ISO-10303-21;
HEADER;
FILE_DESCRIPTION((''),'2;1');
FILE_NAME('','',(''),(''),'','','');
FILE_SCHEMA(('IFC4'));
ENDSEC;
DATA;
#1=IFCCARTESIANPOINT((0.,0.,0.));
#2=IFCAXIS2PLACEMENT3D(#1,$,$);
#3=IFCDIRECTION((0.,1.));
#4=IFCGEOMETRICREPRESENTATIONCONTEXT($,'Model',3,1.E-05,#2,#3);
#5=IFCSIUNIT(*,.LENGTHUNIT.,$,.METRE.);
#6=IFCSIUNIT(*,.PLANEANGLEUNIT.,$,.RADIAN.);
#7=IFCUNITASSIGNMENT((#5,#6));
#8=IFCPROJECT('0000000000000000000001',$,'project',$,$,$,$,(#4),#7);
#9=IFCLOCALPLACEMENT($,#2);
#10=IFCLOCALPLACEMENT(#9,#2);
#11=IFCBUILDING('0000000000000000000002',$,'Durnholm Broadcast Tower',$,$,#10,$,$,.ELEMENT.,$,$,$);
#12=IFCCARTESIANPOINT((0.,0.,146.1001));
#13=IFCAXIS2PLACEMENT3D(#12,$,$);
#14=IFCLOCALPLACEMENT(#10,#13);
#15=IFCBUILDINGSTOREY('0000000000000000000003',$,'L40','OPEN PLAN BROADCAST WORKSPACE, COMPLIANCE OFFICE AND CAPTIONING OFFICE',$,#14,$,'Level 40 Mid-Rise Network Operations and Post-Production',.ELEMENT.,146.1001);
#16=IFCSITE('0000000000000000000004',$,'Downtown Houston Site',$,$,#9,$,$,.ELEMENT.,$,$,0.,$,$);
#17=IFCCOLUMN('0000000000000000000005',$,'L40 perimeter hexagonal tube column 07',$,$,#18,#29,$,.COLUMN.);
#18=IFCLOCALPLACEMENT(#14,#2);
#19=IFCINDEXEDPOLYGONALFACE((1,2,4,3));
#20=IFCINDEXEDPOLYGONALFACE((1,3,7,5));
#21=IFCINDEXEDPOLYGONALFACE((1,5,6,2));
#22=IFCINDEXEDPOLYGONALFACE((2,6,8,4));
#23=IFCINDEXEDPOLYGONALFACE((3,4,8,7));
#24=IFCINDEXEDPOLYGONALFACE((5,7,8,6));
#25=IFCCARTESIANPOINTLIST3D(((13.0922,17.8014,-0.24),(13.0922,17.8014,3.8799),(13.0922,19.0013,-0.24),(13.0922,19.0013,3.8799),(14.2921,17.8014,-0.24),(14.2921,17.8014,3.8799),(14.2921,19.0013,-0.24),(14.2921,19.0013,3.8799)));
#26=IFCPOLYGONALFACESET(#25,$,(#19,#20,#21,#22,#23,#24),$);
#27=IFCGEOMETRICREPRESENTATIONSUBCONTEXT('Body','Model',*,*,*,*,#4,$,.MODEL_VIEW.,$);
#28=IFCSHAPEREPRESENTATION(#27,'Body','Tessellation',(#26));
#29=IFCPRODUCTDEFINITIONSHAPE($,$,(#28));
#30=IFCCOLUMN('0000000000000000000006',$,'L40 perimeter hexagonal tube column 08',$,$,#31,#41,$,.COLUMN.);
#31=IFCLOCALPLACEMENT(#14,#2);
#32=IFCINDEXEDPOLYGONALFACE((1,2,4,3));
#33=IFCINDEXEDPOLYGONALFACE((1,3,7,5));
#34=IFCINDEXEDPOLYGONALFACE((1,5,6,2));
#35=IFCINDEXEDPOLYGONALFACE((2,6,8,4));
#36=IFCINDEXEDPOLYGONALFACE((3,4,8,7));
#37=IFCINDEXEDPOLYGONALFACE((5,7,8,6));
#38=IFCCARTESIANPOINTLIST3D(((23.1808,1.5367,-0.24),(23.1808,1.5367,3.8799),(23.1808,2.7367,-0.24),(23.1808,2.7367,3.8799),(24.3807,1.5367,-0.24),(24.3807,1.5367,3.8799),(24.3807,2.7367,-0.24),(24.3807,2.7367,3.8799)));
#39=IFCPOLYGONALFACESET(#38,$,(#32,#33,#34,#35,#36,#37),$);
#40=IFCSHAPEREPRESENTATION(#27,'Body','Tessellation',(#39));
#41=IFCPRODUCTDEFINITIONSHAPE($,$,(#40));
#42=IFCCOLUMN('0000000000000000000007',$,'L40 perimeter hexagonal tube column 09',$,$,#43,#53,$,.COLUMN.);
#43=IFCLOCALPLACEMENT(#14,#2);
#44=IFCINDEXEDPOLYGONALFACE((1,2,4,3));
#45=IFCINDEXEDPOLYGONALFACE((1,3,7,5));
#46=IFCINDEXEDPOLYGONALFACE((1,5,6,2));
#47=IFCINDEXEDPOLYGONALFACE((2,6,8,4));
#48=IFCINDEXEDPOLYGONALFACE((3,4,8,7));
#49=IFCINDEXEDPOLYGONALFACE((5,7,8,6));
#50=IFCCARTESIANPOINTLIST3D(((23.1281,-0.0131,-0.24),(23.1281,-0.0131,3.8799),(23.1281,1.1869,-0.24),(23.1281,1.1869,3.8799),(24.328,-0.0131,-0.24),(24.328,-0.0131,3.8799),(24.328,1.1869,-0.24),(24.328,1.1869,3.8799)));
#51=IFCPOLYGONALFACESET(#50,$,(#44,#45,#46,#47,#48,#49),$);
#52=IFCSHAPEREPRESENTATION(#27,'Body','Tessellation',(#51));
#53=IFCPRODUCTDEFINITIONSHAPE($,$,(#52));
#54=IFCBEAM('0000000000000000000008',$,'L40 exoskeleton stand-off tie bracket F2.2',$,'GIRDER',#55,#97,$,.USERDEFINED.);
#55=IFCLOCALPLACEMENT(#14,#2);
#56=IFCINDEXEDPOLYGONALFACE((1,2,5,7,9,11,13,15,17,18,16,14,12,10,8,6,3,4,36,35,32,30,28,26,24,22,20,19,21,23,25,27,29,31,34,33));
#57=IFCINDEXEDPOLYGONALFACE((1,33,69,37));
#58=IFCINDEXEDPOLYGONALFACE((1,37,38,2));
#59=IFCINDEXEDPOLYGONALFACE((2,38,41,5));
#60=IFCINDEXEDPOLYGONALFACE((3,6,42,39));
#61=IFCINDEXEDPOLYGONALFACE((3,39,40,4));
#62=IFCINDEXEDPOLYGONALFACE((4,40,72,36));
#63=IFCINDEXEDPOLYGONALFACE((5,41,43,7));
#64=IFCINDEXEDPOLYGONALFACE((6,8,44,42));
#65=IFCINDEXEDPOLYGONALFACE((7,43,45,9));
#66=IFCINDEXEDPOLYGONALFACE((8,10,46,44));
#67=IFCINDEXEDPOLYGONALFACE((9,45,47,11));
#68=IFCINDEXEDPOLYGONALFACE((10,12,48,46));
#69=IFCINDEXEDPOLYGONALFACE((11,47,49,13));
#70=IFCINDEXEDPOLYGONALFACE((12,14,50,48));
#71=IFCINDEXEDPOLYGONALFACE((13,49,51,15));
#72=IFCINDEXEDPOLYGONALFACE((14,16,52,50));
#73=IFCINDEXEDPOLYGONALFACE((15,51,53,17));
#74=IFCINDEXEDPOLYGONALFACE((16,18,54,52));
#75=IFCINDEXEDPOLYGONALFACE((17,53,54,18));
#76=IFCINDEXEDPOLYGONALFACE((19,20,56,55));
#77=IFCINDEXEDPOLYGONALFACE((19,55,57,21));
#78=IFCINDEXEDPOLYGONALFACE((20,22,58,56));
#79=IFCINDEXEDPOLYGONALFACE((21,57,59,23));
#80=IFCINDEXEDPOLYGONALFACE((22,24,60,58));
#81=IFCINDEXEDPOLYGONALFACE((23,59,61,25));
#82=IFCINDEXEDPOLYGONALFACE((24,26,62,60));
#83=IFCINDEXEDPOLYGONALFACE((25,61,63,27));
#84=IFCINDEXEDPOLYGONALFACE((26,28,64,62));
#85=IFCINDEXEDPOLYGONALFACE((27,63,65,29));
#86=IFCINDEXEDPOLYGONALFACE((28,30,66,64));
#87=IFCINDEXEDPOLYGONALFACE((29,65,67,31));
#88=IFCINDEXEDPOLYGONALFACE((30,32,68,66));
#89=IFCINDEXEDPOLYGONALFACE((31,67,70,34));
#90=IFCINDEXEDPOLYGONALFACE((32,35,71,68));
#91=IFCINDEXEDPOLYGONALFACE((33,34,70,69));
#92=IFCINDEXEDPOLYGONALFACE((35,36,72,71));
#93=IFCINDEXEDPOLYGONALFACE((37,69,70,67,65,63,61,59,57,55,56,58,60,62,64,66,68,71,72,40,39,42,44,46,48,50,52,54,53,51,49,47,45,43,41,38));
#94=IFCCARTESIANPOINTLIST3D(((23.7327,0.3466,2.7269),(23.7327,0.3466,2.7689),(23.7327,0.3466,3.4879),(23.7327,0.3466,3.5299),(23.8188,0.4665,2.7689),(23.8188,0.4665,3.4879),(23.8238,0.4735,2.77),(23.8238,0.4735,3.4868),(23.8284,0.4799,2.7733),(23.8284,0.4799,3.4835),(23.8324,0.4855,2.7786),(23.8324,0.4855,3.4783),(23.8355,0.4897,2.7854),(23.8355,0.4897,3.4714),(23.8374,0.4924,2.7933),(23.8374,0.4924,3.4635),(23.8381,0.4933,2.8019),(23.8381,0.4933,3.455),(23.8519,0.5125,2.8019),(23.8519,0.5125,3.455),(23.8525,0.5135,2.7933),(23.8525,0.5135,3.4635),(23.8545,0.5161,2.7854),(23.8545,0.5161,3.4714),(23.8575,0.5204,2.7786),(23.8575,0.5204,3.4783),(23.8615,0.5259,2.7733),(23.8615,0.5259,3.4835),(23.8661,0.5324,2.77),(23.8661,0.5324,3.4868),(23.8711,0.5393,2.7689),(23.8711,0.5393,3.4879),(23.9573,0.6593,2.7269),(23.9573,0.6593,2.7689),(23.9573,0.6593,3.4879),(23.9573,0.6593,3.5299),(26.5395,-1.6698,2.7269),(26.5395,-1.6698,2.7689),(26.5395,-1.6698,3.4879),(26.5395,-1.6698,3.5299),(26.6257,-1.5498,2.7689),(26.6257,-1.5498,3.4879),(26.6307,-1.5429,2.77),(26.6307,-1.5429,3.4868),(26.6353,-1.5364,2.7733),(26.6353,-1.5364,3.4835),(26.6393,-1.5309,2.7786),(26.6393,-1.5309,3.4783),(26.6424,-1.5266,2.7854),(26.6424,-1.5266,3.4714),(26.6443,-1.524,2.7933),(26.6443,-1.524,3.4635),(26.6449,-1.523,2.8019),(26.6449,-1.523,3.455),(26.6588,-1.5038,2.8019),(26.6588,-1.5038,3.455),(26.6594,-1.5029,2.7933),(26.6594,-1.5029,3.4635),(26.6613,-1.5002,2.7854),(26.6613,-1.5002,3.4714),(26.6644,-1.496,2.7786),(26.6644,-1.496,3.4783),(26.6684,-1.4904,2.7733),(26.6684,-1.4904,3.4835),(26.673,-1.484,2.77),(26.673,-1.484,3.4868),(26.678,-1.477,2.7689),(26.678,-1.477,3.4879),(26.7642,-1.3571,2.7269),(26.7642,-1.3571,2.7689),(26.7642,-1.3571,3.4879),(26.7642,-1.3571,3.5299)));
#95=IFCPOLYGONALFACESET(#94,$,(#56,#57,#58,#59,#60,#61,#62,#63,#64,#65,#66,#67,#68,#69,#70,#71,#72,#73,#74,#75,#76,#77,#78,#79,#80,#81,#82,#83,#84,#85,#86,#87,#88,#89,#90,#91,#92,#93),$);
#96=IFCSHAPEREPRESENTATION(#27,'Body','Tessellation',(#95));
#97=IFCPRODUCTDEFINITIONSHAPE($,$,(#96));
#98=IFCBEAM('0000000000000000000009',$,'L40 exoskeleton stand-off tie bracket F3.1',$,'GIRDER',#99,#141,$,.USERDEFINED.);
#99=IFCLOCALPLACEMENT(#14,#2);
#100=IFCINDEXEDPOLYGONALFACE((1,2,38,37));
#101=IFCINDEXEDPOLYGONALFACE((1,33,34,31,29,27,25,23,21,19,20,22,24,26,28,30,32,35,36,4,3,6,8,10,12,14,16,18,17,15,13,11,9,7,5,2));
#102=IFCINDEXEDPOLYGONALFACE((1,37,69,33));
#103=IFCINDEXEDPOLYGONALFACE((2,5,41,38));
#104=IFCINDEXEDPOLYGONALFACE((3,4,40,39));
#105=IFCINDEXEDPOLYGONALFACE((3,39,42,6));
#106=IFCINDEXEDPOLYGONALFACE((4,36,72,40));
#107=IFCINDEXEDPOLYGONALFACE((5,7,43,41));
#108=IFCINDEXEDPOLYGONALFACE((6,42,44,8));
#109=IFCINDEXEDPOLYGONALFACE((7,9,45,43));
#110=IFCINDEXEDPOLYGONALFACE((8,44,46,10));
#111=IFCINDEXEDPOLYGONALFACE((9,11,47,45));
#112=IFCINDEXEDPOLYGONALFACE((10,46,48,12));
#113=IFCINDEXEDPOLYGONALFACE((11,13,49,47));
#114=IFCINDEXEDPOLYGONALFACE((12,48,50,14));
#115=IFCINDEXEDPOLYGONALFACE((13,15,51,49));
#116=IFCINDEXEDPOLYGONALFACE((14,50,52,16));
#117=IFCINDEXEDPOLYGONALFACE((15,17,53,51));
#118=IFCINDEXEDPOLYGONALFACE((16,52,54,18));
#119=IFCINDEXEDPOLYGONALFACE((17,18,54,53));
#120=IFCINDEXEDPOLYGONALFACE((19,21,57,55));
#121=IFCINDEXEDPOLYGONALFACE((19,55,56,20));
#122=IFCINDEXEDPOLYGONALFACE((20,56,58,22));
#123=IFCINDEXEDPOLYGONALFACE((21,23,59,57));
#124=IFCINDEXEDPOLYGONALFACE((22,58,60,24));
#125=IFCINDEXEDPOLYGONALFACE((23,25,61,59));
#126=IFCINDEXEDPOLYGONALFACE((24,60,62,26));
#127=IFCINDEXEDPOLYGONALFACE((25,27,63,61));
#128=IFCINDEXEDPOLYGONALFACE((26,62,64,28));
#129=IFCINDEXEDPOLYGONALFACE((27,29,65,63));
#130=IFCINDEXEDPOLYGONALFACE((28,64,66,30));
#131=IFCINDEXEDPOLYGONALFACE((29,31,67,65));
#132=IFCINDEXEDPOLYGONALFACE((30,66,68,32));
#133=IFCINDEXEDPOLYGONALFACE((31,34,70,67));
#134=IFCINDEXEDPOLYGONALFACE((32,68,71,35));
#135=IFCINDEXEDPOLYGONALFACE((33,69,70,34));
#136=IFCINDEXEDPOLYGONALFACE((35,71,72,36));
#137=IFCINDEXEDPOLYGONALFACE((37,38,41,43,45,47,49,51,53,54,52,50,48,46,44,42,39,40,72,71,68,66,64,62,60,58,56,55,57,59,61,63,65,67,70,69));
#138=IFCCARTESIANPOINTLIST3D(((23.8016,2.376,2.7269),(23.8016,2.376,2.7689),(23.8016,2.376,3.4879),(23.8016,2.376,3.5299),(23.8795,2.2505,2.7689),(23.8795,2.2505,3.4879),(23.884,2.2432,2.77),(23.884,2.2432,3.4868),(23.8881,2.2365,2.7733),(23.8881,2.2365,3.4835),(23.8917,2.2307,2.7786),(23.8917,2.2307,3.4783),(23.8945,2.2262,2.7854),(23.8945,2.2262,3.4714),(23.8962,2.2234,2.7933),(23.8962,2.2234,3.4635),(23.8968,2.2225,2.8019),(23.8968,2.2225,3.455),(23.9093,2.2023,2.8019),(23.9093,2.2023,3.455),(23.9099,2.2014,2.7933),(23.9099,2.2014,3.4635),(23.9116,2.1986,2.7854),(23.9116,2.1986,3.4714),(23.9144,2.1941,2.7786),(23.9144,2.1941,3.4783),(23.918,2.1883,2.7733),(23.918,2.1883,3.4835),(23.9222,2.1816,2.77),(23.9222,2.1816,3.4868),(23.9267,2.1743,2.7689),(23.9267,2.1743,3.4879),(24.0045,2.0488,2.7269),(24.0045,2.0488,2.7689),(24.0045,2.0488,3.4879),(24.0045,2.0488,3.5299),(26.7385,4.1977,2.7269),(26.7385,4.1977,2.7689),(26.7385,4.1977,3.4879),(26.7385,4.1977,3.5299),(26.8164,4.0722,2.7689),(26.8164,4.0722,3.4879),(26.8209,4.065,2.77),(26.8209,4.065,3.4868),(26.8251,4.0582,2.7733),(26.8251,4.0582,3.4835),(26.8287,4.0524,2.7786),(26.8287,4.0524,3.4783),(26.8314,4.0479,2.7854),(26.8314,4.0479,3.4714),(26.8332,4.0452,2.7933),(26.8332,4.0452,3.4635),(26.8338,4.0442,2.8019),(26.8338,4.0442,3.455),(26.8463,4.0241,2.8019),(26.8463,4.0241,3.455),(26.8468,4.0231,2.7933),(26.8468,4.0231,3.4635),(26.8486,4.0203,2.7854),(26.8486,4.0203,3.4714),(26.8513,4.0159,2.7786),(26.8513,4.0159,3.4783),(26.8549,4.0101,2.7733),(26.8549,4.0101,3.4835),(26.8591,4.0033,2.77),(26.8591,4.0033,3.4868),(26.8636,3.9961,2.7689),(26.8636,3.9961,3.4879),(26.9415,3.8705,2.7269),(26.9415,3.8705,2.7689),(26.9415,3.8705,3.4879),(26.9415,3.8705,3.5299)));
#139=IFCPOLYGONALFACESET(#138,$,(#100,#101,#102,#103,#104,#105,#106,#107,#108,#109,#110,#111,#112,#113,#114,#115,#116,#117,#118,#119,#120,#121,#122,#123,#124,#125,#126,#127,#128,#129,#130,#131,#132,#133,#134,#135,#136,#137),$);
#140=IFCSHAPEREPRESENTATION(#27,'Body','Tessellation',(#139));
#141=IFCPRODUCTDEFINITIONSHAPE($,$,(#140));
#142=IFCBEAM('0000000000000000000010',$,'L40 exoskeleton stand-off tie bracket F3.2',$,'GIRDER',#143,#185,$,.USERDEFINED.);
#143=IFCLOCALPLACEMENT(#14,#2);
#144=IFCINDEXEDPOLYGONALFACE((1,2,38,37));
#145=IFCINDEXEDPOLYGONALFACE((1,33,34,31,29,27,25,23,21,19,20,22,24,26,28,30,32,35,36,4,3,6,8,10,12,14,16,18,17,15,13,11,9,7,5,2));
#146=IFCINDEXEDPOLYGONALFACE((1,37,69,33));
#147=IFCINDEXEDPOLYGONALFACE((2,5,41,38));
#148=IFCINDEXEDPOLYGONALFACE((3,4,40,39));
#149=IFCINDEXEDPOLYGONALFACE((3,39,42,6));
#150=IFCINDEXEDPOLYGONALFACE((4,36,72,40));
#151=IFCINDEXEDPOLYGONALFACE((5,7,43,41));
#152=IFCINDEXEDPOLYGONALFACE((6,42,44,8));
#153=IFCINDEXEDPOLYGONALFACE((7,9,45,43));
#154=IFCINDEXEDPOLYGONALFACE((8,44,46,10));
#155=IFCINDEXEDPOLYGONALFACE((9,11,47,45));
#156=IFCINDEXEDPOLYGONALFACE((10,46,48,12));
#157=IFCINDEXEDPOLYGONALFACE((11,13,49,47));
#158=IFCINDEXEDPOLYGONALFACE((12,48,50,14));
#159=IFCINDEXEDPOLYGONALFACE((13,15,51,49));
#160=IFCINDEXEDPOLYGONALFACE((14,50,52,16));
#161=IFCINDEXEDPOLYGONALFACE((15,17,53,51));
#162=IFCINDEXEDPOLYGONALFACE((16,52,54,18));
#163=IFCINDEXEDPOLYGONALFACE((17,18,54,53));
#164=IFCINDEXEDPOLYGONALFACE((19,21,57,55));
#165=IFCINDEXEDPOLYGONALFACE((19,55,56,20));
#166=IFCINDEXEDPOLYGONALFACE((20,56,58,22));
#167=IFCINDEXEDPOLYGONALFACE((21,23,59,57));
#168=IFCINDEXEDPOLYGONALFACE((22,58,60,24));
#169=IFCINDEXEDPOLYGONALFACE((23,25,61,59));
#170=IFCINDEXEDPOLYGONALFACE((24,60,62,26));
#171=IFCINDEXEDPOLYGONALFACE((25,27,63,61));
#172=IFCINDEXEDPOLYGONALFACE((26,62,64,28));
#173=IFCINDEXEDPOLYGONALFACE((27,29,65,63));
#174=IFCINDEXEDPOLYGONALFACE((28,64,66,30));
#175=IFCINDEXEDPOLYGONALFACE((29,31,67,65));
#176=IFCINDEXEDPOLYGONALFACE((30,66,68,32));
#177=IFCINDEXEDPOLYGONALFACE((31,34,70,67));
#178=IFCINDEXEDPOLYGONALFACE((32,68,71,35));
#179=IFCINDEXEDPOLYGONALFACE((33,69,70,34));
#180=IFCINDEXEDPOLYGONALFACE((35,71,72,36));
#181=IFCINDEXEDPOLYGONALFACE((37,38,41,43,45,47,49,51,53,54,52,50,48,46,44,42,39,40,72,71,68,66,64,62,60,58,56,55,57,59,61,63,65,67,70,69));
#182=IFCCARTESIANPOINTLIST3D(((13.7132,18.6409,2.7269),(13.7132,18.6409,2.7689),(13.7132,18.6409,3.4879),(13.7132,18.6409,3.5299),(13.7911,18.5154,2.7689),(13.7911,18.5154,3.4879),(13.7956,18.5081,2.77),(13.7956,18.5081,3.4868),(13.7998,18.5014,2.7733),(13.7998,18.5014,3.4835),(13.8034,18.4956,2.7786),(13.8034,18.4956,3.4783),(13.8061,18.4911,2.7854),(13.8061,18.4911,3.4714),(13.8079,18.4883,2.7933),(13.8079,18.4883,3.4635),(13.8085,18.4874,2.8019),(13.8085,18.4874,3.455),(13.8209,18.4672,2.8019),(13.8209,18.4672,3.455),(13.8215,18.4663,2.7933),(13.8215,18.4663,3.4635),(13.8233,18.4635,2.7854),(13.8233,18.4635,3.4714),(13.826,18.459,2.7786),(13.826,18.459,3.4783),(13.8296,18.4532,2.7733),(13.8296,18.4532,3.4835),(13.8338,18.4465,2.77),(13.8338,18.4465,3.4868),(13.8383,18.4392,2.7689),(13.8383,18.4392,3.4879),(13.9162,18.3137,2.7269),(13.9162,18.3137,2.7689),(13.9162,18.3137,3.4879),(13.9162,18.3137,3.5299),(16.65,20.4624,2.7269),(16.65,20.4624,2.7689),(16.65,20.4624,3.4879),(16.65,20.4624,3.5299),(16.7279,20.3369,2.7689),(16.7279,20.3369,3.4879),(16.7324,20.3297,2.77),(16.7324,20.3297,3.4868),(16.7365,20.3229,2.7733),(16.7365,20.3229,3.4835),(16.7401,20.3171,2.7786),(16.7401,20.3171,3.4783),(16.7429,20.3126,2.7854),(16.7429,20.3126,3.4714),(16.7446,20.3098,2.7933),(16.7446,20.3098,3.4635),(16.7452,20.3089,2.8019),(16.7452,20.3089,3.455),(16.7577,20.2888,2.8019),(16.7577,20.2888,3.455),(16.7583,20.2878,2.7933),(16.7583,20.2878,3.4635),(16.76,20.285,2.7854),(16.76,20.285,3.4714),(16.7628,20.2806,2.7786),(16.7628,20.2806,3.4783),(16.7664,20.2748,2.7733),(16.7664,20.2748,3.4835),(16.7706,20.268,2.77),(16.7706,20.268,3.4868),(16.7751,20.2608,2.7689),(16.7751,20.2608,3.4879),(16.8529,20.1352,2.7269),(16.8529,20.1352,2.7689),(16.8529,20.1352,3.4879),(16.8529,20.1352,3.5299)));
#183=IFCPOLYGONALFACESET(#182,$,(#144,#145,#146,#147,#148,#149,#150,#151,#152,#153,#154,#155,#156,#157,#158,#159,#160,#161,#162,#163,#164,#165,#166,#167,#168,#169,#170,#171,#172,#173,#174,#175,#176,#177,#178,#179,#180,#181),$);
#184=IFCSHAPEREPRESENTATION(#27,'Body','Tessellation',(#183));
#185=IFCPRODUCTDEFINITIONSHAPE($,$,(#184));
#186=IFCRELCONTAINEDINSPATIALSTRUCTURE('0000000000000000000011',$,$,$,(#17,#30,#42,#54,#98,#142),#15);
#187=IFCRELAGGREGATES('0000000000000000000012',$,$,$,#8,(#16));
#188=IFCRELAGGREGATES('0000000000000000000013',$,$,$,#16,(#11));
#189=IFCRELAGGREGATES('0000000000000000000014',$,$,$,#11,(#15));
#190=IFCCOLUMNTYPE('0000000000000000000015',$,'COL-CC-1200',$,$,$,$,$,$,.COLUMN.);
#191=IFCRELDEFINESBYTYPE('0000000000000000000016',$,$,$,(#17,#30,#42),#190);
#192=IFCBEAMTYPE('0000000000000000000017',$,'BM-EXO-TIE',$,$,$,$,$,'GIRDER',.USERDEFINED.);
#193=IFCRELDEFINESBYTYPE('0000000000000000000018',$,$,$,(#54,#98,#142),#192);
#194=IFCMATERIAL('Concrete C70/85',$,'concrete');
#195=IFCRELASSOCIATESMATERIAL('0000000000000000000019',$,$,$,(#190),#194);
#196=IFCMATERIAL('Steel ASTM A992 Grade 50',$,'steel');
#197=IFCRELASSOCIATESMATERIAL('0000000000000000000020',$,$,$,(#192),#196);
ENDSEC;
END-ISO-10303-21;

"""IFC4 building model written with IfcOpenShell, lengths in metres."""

from ifc_helpers import new_model, si_unit, direction, frame, origin, origin_2d, place, context, subcontext, project, spatial, rectangle, i_section, extrude, source, transform, mapped, material, material_profile, profile_set, type_object, type_shapes, element, save


model = new_model("IFC4")

# Units and contexts
model_context = context("Model", 3, precision=1e-05, world=origin(), true_north=direction((0.0, 1.0)))
body_context = subcontext(model_context, "Body", "Model", "MODEL_VIEW")
ifc_project = project(units=[si_unit("LENGTHUNIT", "METRE"), si_unit("PLANEANGLEUNIT", "RADIAN")], contexts=[model_context])

# Site, building, storey
site_placement = place(None, origin())
site = spatial("IfcSite", under=ifc_project, at=site_placement, Name="Downtown Houston Site", CompositionType="ELEMENT", RefElevation=0.0)
building_placement = place(site_placement, origin())
building = spatial("IfcBuilding", under=site, at=building_placement, Name="Durnholm Broadcast Tower", CompositionType="ELEMENT")
storey_placement = place(building_placement, frame((0.0, 0.0, 146.1001)))
storey = spatial("IfcBuildingStorey", under=building, at=storey_placement, Name="L40", Description="OPEN PLAN BROADCAST WORKSPACE, COMPLIANCE OFFICE AND CAPTIONING OFFICE", LongName="Level 40 Mid-Rise Network Operations and Post-Production", CompositionType="ELEMENT", Elevation=146.1001)

# Columns
ifc_material_1 = material(Name="Concrete C70/85", Category="concrete")
ifc_material_profile_1 = material_profile(ifc_material_1, rectangle(XDim=1.2, YDim=1.2, at=origin_2d()), Name="RC1200X1200")
ifc_profile_set_1 = profile_set([ifc_material_profile_1], Name="Concrete C70/85")
column_type = type_object("IfcColumnType", Name="COL-CC-1200", PredefinedType="COLUMN", material=ifc_profile_set_1)
shared_shape_1 = source(origin(), body_context, "Body", "SweptSolid", [
    extrude(rectangle(XDim=1.2, YDim=1.2, at=origin_2d()), origin(), (0.0, 0.0, 1.0), 4.1199),
])
type_shapes(column_type, [shared_shape_1])
for number, where, z_axis, x_axis, name in (
    (1, (13.6921, 18.4014, -0.24), (0.0, 0.0, 1.0), (1.0, 0.0, 0.0), "L40 perimeter hexagonal tube column 07"),
    (2, (23.7808, 2.1367, -0.24), (0.0, 0.0, 1.0), (1.0, 0.0, 0.0), "L40 perimeter hexagonal tube column 08"),
    (3, (23.728, 0.5869, -0.24), (0.0, 0.0, 1.0), (1.0, 0.0, 0.0), "L40 perimeter hexagonal tube column 09"),
):
    element("IfcColumn", number, at=place(storey_placement, frame(where, z_axis=z_axis, x_axis=x_axis)), inside=storey, type_object=column_type, Name=name, PredefinedType="COLUMN", context=body_context, shape_type="MappedRepresentation", body=[
        mapped(shared_shape_1, transform((0.0, 0.0, 0.0), x_axis=(1.0, 0.0, 0.0), y_axis=(0.0, 1.0, 0.0), z_axis=(0.0, 0.0, 1.0), scale=1.0)),
    ])

# Beams
ifc_material_2 = material(Name="Steel ASTM A992 Grade 50", Category="steel")
ifc_material_profile_2 = material_profile(ifc_material_2, i_section(OverallWidth=0.385, OverallDepth=0.803, WebThickness=0.0237, FlangeThickness=0.042, FilletRadius=0.033, at=origin_2d()), Name="W30X261")
ifc_profile_set_2 = profile_set([ifc_material_profile_2], Name="Steel ASTM A992 Grade 50")
beam_type_1 = type_object("IfcBeamType", Name="BM-EXO-TIE", ElementType="GIRDER", PredefinedType="USERDEFINED", material=ifc_profile_set_2)
shared_shape_2 = source(origin(), body_context, "Body", "SweptSolid", [
    extrude(i_section(OverallWidth=0.385, OverallDepth=0.803, WebThickness=0.0237, FlangeThickness=0.042, FilletRadius=0.033, at=origin_2d()), origin(), (0.0, 0.0, 1.0), 3.4561),
])
for number, where, z_axis, x_axis, name in (
    (4, (23.845, 0.5029, 3.1284), (0.812165, -0.583428, 0.0), (0.583428, 0.812165, 0.0), "L40 exoskeleton stand-off tie bracket F2.2"),
    (5, (23.9031, 2.2124, 3.1284), (0.849795, 0.527113, 0.0), (-0.527113, 0.849795, 0.0), "L40 exoskeleton stand-off tie bracket F3.1"),
):
    element("IfcBeam", number, at=place(storey_placement, frame(where, z_axis=z_axis, x_axis=x_axis)), inside=storey, type_object=beam_type_1, Name=name, ObjectType="GIRDER", PredefinedType="USERDEFINED", context=body_context, shape_type="MappedRepresentation", body=[
        mapped(shared_shape_2, transform((0.0, 0.0, 0.0), x_axis=(1.0, 0.0, 0.0), y_axis=(0.0, 1.0, 0.0), z_axis=(0.0, 0.0, 1.0), scale=1.0)),
    ])
shared_shape_3 = source(origin(), body_context, "Body", "SweptSolid", [
    extrude(i_section(OverallWidth=0.385, OverallDepth=0.803, WebThickness=0.0237, FlangeThickness=0.042, FilletRadius=0.033, at=origin_2d()), origin(), (0.0, 0.0, 1.0), 3.4558),
])
beam_1_placement = place(storey_placement, frame((13.8147, 18.4773, 3.1284), z_axis=(0.849807, 0.527094, 0.0), x_axis=(-0.527094, 0.849807, 0.0)))
element("IfcBeam", 6, at=beam_1_placement, inside=storey, type_object=beam_type_1, Name="L40 exoskeleton stand-off tie bracket F3.2", ObjectType="GIRDER", PredefinedType="USERDEFINED", context=body_context, shape_type="MappedRepresentation", body=[
    mapped(shared_shape_3, transform((0.0, 0.0, 0.0), x_axis=(1.0, 0.0, 0.0), y_axis=(0.0, 1.0, 0.0), z_axis=(0.0, 0.0, 1.0), scale=1.0)),
])

save(model, "model.ifc")
